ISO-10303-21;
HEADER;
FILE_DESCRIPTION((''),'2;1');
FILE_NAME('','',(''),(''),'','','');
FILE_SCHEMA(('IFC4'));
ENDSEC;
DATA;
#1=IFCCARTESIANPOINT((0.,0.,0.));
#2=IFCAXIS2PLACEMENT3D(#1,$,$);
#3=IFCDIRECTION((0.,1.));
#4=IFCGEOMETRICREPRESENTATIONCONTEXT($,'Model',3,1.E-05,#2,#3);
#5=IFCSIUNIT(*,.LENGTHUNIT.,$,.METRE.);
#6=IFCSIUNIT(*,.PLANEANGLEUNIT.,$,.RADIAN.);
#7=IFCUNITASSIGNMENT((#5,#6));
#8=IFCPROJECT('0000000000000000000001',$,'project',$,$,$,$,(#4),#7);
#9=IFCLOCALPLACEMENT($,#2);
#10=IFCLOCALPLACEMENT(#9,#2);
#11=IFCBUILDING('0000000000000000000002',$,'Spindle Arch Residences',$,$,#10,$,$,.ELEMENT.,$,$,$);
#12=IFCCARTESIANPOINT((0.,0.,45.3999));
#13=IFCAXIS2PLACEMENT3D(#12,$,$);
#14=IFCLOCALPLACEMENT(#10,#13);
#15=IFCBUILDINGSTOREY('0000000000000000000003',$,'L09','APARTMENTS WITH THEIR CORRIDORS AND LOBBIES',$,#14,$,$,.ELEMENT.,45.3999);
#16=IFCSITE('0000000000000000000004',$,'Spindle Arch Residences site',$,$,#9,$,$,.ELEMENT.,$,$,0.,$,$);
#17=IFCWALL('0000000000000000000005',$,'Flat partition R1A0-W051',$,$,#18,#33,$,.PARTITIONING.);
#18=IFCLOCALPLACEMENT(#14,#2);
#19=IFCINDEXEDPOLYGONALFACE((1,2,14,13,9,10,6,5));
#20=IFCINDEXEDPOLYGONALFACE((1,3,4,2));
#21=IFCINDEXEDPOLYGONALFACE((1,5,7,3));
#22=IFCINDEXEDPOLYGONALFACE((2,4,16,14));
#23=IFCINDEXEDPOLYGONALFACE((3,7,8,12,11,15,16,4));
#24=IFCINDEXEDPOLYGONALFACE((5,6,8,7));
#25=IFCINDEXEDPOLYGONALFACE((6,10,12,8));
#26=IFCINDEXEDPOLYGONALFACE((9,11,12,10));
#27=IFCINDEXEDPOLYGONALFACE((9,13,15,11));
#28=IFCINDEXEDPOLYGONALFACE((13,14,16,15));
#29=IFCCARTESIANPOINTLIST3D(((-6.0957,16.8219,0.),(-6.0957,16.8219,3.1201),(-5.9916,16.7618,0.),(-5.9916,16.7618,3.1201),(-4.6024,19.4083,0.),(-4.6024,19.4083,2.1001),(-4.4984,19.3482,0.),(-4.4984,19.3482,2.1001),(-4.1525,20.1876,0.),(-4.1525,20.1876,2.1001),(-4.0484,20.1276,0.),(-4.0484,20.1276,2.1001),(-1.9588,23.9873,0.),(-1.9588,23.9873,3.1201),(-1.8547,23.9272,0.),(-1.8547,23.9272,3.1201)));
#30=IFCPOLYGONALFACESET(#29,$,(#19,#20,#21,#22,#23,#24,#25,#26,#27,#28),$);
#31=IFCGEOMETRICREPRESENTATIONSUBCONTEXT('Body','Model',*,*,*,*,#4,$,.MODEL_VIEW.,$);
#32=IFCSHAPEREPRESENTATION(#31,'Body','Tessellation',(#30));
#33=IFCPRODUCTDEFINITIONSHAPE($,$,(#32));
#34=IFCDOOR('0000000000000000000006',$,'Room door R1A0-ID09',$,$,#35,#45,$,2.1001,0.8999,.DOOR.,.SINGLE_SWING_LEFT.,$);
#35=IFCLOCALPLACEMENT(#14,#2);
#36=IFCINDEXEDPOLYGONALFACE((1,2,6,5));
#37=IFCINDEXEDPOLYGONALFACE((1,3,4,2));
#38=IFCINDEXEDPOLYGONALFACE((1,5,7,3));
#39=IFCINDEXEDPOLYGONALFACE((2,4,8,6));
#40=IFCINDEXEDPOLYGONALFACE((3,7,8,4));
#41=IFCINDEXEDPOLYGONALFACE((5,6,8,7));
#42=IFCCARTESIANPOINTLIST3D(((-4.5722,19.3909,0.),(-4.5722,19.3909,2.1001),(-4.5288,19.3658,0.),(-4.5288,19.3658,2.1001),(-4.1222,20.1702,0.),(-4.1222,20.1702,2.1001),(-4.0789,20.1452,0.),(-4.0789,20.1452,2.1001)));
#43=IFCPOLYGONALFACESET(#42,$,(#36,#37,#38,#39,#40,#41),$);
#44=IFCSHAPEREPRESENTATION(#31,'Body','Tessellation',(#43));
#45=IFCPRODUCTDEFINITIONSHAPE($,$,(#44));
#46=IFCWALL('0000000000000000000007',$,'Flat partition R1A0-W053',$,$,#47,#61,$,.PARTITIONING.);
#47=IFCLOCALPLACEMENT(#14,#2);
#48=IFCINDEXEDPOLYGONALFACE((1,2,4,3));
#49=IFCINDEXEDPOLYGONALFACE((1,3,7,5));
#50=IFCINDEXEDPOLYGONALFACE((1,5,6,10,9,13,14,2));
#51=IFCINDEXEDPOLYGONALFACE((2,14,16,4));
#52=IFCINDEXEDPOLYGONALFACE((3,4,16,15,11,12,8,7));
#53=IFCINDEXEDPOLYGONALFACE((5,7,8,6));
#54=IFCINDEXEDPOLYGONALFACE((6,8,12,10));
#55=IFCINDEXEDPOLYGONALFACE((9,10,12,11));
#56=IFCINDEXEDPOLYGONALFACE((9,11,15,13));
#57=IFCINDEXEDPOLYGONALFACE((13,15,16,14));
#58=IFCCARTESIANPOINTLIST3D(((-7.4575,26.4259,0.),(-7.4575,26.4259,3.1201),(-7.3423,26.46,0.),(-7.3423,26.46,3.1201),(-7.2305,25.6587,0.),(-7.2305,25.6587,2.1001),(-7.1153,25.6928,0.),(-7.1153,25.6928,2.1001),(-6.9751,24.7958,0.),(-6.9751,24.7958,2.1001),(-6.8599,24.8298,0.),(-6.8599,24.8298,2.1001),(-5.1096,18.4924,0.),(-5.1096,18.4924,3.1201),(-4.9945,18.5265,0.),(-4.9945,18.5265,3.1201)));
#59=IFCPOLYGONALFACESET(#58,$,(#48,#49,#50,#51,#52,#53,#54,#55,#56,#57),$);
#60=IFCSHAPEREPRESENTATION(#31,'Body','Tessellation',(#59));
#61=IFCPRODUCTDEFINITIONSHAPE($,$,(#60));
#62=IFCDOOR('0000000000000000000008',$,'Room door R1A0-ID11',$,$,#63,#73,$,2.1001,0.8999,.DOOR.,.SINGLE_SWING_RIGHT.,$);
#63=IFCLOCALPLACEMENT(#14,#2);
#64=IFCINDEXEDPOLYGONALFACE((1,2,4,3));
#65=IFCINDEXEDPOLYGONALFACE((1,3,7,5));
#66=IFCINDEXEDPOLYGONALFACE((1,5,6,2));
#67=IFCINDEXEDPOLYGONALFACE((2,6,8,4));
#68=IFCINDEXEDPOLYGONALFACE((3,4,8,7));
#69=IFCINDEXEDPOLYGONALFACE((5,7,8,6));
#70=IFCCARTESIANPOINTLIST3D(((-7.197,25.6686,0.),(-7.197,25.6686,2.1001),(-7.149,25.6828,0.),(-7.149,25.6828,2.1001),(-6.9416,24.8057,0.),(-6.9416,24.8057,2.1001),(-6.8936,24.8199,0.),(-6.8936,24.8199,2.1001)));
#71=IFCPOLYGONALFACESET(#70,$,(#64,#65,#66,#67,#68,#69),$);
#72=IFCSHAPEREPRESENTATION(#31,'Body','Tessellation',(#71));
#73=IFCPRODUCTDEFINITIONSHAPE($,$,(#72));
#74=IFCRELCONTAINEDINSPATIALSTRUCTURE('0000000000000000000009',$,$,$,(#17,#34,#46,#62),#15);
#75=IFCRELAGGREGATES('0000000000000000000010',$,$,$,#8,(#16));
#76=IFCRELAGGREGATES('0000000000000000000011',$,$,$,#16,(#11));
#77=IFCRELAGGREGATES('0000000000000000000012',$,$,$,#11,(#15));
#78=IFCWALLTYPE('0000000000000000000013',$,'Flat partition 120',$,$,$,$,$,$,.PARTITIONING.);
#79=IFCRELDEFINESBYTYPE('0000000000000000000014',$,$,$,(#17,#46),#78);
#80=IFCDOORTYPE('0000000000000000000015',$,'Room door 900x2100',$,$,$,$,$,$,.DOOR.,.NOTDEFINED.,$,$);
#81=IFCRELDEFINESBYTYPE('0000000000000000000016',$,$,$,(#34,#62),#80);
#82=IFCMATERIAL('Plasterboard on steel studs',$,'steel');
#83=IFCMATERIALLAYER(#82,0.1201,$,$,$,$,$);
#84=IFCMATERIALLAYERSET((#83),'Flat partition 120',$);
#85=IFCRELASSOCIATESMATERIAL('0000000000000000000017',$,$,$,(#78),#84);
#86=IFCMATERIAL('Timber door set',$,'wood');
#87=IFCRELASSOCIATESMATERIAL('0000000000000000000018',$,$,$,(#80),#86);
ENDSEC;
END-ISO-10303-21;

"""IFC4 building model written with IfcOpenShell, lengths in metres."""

from ifc_helpers import new_model, si_unit, direction, frame, frame_2d, origin, place, context, subcontext, project, spatial, rectangle, extrude, material, layer, layer_set, type_object, element, fill, save


model = new_model("IFC4")

# Units and contexts
model_context = context("Model", 3, precision=1e-05, world=origin(), true_north=direction((0.0, 1.0)))
body_context = subcontext(model_context, "Body", "Model", "MODEL_VIEW")
ifc_project = project(units=[si_unit("LENGTHUNIT", "METRE"), si_unit("PLANEANGLEUNIT", "RADIAN")], contexts=[model_context])

# Site, building, storey
site_placement = place(None, origin())
site = spatial("IfcSite", under=ifc_project, at=site_placement, Name="Spindle Arch Residences site", CompositionType="ELEMENT", RefElevation=0.0)
building_placement = place(site_placement, origin())
building = spatial("IfcBuilding", under=site, at=building_placement, Name="Spindle Arch Residences", CompositionType="ELEMENT")
storey_placement = place(building_placement, frame((0.0, 0.0, 45.3999)))
storey = spatial("IfcBuildingStorey", under=building, at=storey_placement, Name="L09", Description="APARTMENTS WITH THEIR CORRIDORS AND LOBBIES", CompositionType="ELEMENT", Elevation=45.3999)

# Shared definitions
ifc_material_1 = material(Name="Plasterboard on steel studs", Category="steel")
ifc_layer_1 = layer(ifc_material_1, 0.1201)
ifc_layer_set_1 = layer_set([ifc_layer_1], Name="Flat partition 120")
wall_type = type_object("IfcWallType", Name="Flat partition 120", PredefinedType="PARTITIONING", material=ifc_layer_set_1)
ifc_material_2 = material(Name="Timber door set", Category="wood")
door_type = type_object("IfcDoorType", Name="Room door 900x2100", OperationType="NOTDEFINED", PredefinedType="DOOR", material=ifc_material_2)

# Walls, openings, doors
wall_1_placement = place(storey_placement, frame((-1.9067, 23.9573, 0.0), z_axis=(0.0, 0.0, 1.0), x_axis=(-0.499995, -0.866028, 0.0)))
wall_1 = element("IfcWall", 1, at=wall_1_placement, inside=storey, type_object=wall_type, Name="Flat partition R1A0-W051", PredefinedType="PARTITIONING", context=body_context, shape_type="SweptSolid", body=[
    extrude(rectangle(XDim=8.2739, YDim=0.1201, at=frame_2d((4.137, 0.0))), origin(), (0.0, 0.0, 1.0), 3.1201),
])
opening_1_placement = place(wall_1_placement, frame((4.3875, 0.0, 0.0)))
opening_1 = element("IfcOpeningElement", 2, at=opening_1_placement, cuts=wall_1, PredefinedType="OPENING", context=body_context, shape_type="SweptSolid", body=[
    extrude(rectangle(XDim=0.8999, YDim=2.1001, at=frame_2d((0.45, 1.05))), frame((0.0, 0.0701, 0.0), z_axis=(0.0, -1.0, 0.0), x_axis=(1.0, 0.0, 0.0)), (0.0, 0.0, 1.0), 0.1401),
])
door_1_placement = place(opening_1_placement, origin())
door_1 = element("IfcDoor", 3, at=door_1_placement, inside=storey, type_object=door_type, Name="Room door R1A0-ID09", OperationType="SINGLE_SWING_LEFT", OverallHeight=2.1001, OverallWidth=0.8999, PredefinedType="DOOR", context=body_context, shape_type="SweptSolid", body=[
    extrude(rectangle(XDim=0.8999, YDim=2.1001, at=frame_2d((0.45, 1.05))), frame((0.0, 0.0249, 0.0), z_axis=(0.0, -1.0, 0.0), x_axis=(1.0, 0.0, 0.0)), (0.0, 0.0, 1.0), 0.05),
])
fill(opening_1, door_1)
wall_2_placement = place(storey_placement, frame((-7.3999, 26.4429, 0.0), z_axis=(0.0, 0.0, 1.0), x_axis=(0.283778, -0.95889, 0.0)))
wall_2 = element("IfcWall", 4, at=wall_2_placement, inside=storey, type_object=wall_type, Name="Flat partition R1A0-W053", PredefinedType="PARTITIONING", context=body_context, shape_type="SweptSolid", body=[
    extrude(rectangle(XDim=8.2737, YDim=0.1201, at=frame_2d((4.1367, 0.0))), origin(), (0.0, 0.0, 1.0), 3.1201),
])
opening_2_placement = place(wall_2_placement, frame((0.8, 0.0, 0.0)))
opening_2 = element("IfcOpeningElement", 5, at=opening_2_placement, cuts=wall_2, PredefinedType="OPENING", context=body_context, shape_type="SweptSolid", body=[
    extrude(rectangle(XDim=0.8999, YDim=2.1001, at=frame_2d((0.45, 1.05))), frame((0.0, 0.0701, 0.0), z_axis=(0.0, -1.0, 0.0), x_axis=(1.0, 0.0, 0.0)), (0.0, 0.0, 1.0), 0.1401),
])
door_2_placement = place(opening_2_placement, origin())
door_2 = element("IfcDoor", 6, at=door_2_placement, inside=storey, type_object=door_type, Name="Room door R1A0-ID11", OperationType="SINGLE_SWING_RIGHT", OverallHeight=2.1001, OverallWidth=0.8999, PredefinedType="DOOR", context=body_context, shape_type="SweptSolid", body=[
    extrude(rectangle(XDim=0.8999, YDim=2.1001, at=frame_2d((0.45, 1.05))), frame((0.0, 0.0249, 0.0), z_axis=(0.0, -1.0, 0.0), x_axis=(1.0, 0.0, 0.0)), (0.0, 0.0, 1.0), 0.05),
])
fill(opening_2, door_2)

save(model, "model.ifc")
